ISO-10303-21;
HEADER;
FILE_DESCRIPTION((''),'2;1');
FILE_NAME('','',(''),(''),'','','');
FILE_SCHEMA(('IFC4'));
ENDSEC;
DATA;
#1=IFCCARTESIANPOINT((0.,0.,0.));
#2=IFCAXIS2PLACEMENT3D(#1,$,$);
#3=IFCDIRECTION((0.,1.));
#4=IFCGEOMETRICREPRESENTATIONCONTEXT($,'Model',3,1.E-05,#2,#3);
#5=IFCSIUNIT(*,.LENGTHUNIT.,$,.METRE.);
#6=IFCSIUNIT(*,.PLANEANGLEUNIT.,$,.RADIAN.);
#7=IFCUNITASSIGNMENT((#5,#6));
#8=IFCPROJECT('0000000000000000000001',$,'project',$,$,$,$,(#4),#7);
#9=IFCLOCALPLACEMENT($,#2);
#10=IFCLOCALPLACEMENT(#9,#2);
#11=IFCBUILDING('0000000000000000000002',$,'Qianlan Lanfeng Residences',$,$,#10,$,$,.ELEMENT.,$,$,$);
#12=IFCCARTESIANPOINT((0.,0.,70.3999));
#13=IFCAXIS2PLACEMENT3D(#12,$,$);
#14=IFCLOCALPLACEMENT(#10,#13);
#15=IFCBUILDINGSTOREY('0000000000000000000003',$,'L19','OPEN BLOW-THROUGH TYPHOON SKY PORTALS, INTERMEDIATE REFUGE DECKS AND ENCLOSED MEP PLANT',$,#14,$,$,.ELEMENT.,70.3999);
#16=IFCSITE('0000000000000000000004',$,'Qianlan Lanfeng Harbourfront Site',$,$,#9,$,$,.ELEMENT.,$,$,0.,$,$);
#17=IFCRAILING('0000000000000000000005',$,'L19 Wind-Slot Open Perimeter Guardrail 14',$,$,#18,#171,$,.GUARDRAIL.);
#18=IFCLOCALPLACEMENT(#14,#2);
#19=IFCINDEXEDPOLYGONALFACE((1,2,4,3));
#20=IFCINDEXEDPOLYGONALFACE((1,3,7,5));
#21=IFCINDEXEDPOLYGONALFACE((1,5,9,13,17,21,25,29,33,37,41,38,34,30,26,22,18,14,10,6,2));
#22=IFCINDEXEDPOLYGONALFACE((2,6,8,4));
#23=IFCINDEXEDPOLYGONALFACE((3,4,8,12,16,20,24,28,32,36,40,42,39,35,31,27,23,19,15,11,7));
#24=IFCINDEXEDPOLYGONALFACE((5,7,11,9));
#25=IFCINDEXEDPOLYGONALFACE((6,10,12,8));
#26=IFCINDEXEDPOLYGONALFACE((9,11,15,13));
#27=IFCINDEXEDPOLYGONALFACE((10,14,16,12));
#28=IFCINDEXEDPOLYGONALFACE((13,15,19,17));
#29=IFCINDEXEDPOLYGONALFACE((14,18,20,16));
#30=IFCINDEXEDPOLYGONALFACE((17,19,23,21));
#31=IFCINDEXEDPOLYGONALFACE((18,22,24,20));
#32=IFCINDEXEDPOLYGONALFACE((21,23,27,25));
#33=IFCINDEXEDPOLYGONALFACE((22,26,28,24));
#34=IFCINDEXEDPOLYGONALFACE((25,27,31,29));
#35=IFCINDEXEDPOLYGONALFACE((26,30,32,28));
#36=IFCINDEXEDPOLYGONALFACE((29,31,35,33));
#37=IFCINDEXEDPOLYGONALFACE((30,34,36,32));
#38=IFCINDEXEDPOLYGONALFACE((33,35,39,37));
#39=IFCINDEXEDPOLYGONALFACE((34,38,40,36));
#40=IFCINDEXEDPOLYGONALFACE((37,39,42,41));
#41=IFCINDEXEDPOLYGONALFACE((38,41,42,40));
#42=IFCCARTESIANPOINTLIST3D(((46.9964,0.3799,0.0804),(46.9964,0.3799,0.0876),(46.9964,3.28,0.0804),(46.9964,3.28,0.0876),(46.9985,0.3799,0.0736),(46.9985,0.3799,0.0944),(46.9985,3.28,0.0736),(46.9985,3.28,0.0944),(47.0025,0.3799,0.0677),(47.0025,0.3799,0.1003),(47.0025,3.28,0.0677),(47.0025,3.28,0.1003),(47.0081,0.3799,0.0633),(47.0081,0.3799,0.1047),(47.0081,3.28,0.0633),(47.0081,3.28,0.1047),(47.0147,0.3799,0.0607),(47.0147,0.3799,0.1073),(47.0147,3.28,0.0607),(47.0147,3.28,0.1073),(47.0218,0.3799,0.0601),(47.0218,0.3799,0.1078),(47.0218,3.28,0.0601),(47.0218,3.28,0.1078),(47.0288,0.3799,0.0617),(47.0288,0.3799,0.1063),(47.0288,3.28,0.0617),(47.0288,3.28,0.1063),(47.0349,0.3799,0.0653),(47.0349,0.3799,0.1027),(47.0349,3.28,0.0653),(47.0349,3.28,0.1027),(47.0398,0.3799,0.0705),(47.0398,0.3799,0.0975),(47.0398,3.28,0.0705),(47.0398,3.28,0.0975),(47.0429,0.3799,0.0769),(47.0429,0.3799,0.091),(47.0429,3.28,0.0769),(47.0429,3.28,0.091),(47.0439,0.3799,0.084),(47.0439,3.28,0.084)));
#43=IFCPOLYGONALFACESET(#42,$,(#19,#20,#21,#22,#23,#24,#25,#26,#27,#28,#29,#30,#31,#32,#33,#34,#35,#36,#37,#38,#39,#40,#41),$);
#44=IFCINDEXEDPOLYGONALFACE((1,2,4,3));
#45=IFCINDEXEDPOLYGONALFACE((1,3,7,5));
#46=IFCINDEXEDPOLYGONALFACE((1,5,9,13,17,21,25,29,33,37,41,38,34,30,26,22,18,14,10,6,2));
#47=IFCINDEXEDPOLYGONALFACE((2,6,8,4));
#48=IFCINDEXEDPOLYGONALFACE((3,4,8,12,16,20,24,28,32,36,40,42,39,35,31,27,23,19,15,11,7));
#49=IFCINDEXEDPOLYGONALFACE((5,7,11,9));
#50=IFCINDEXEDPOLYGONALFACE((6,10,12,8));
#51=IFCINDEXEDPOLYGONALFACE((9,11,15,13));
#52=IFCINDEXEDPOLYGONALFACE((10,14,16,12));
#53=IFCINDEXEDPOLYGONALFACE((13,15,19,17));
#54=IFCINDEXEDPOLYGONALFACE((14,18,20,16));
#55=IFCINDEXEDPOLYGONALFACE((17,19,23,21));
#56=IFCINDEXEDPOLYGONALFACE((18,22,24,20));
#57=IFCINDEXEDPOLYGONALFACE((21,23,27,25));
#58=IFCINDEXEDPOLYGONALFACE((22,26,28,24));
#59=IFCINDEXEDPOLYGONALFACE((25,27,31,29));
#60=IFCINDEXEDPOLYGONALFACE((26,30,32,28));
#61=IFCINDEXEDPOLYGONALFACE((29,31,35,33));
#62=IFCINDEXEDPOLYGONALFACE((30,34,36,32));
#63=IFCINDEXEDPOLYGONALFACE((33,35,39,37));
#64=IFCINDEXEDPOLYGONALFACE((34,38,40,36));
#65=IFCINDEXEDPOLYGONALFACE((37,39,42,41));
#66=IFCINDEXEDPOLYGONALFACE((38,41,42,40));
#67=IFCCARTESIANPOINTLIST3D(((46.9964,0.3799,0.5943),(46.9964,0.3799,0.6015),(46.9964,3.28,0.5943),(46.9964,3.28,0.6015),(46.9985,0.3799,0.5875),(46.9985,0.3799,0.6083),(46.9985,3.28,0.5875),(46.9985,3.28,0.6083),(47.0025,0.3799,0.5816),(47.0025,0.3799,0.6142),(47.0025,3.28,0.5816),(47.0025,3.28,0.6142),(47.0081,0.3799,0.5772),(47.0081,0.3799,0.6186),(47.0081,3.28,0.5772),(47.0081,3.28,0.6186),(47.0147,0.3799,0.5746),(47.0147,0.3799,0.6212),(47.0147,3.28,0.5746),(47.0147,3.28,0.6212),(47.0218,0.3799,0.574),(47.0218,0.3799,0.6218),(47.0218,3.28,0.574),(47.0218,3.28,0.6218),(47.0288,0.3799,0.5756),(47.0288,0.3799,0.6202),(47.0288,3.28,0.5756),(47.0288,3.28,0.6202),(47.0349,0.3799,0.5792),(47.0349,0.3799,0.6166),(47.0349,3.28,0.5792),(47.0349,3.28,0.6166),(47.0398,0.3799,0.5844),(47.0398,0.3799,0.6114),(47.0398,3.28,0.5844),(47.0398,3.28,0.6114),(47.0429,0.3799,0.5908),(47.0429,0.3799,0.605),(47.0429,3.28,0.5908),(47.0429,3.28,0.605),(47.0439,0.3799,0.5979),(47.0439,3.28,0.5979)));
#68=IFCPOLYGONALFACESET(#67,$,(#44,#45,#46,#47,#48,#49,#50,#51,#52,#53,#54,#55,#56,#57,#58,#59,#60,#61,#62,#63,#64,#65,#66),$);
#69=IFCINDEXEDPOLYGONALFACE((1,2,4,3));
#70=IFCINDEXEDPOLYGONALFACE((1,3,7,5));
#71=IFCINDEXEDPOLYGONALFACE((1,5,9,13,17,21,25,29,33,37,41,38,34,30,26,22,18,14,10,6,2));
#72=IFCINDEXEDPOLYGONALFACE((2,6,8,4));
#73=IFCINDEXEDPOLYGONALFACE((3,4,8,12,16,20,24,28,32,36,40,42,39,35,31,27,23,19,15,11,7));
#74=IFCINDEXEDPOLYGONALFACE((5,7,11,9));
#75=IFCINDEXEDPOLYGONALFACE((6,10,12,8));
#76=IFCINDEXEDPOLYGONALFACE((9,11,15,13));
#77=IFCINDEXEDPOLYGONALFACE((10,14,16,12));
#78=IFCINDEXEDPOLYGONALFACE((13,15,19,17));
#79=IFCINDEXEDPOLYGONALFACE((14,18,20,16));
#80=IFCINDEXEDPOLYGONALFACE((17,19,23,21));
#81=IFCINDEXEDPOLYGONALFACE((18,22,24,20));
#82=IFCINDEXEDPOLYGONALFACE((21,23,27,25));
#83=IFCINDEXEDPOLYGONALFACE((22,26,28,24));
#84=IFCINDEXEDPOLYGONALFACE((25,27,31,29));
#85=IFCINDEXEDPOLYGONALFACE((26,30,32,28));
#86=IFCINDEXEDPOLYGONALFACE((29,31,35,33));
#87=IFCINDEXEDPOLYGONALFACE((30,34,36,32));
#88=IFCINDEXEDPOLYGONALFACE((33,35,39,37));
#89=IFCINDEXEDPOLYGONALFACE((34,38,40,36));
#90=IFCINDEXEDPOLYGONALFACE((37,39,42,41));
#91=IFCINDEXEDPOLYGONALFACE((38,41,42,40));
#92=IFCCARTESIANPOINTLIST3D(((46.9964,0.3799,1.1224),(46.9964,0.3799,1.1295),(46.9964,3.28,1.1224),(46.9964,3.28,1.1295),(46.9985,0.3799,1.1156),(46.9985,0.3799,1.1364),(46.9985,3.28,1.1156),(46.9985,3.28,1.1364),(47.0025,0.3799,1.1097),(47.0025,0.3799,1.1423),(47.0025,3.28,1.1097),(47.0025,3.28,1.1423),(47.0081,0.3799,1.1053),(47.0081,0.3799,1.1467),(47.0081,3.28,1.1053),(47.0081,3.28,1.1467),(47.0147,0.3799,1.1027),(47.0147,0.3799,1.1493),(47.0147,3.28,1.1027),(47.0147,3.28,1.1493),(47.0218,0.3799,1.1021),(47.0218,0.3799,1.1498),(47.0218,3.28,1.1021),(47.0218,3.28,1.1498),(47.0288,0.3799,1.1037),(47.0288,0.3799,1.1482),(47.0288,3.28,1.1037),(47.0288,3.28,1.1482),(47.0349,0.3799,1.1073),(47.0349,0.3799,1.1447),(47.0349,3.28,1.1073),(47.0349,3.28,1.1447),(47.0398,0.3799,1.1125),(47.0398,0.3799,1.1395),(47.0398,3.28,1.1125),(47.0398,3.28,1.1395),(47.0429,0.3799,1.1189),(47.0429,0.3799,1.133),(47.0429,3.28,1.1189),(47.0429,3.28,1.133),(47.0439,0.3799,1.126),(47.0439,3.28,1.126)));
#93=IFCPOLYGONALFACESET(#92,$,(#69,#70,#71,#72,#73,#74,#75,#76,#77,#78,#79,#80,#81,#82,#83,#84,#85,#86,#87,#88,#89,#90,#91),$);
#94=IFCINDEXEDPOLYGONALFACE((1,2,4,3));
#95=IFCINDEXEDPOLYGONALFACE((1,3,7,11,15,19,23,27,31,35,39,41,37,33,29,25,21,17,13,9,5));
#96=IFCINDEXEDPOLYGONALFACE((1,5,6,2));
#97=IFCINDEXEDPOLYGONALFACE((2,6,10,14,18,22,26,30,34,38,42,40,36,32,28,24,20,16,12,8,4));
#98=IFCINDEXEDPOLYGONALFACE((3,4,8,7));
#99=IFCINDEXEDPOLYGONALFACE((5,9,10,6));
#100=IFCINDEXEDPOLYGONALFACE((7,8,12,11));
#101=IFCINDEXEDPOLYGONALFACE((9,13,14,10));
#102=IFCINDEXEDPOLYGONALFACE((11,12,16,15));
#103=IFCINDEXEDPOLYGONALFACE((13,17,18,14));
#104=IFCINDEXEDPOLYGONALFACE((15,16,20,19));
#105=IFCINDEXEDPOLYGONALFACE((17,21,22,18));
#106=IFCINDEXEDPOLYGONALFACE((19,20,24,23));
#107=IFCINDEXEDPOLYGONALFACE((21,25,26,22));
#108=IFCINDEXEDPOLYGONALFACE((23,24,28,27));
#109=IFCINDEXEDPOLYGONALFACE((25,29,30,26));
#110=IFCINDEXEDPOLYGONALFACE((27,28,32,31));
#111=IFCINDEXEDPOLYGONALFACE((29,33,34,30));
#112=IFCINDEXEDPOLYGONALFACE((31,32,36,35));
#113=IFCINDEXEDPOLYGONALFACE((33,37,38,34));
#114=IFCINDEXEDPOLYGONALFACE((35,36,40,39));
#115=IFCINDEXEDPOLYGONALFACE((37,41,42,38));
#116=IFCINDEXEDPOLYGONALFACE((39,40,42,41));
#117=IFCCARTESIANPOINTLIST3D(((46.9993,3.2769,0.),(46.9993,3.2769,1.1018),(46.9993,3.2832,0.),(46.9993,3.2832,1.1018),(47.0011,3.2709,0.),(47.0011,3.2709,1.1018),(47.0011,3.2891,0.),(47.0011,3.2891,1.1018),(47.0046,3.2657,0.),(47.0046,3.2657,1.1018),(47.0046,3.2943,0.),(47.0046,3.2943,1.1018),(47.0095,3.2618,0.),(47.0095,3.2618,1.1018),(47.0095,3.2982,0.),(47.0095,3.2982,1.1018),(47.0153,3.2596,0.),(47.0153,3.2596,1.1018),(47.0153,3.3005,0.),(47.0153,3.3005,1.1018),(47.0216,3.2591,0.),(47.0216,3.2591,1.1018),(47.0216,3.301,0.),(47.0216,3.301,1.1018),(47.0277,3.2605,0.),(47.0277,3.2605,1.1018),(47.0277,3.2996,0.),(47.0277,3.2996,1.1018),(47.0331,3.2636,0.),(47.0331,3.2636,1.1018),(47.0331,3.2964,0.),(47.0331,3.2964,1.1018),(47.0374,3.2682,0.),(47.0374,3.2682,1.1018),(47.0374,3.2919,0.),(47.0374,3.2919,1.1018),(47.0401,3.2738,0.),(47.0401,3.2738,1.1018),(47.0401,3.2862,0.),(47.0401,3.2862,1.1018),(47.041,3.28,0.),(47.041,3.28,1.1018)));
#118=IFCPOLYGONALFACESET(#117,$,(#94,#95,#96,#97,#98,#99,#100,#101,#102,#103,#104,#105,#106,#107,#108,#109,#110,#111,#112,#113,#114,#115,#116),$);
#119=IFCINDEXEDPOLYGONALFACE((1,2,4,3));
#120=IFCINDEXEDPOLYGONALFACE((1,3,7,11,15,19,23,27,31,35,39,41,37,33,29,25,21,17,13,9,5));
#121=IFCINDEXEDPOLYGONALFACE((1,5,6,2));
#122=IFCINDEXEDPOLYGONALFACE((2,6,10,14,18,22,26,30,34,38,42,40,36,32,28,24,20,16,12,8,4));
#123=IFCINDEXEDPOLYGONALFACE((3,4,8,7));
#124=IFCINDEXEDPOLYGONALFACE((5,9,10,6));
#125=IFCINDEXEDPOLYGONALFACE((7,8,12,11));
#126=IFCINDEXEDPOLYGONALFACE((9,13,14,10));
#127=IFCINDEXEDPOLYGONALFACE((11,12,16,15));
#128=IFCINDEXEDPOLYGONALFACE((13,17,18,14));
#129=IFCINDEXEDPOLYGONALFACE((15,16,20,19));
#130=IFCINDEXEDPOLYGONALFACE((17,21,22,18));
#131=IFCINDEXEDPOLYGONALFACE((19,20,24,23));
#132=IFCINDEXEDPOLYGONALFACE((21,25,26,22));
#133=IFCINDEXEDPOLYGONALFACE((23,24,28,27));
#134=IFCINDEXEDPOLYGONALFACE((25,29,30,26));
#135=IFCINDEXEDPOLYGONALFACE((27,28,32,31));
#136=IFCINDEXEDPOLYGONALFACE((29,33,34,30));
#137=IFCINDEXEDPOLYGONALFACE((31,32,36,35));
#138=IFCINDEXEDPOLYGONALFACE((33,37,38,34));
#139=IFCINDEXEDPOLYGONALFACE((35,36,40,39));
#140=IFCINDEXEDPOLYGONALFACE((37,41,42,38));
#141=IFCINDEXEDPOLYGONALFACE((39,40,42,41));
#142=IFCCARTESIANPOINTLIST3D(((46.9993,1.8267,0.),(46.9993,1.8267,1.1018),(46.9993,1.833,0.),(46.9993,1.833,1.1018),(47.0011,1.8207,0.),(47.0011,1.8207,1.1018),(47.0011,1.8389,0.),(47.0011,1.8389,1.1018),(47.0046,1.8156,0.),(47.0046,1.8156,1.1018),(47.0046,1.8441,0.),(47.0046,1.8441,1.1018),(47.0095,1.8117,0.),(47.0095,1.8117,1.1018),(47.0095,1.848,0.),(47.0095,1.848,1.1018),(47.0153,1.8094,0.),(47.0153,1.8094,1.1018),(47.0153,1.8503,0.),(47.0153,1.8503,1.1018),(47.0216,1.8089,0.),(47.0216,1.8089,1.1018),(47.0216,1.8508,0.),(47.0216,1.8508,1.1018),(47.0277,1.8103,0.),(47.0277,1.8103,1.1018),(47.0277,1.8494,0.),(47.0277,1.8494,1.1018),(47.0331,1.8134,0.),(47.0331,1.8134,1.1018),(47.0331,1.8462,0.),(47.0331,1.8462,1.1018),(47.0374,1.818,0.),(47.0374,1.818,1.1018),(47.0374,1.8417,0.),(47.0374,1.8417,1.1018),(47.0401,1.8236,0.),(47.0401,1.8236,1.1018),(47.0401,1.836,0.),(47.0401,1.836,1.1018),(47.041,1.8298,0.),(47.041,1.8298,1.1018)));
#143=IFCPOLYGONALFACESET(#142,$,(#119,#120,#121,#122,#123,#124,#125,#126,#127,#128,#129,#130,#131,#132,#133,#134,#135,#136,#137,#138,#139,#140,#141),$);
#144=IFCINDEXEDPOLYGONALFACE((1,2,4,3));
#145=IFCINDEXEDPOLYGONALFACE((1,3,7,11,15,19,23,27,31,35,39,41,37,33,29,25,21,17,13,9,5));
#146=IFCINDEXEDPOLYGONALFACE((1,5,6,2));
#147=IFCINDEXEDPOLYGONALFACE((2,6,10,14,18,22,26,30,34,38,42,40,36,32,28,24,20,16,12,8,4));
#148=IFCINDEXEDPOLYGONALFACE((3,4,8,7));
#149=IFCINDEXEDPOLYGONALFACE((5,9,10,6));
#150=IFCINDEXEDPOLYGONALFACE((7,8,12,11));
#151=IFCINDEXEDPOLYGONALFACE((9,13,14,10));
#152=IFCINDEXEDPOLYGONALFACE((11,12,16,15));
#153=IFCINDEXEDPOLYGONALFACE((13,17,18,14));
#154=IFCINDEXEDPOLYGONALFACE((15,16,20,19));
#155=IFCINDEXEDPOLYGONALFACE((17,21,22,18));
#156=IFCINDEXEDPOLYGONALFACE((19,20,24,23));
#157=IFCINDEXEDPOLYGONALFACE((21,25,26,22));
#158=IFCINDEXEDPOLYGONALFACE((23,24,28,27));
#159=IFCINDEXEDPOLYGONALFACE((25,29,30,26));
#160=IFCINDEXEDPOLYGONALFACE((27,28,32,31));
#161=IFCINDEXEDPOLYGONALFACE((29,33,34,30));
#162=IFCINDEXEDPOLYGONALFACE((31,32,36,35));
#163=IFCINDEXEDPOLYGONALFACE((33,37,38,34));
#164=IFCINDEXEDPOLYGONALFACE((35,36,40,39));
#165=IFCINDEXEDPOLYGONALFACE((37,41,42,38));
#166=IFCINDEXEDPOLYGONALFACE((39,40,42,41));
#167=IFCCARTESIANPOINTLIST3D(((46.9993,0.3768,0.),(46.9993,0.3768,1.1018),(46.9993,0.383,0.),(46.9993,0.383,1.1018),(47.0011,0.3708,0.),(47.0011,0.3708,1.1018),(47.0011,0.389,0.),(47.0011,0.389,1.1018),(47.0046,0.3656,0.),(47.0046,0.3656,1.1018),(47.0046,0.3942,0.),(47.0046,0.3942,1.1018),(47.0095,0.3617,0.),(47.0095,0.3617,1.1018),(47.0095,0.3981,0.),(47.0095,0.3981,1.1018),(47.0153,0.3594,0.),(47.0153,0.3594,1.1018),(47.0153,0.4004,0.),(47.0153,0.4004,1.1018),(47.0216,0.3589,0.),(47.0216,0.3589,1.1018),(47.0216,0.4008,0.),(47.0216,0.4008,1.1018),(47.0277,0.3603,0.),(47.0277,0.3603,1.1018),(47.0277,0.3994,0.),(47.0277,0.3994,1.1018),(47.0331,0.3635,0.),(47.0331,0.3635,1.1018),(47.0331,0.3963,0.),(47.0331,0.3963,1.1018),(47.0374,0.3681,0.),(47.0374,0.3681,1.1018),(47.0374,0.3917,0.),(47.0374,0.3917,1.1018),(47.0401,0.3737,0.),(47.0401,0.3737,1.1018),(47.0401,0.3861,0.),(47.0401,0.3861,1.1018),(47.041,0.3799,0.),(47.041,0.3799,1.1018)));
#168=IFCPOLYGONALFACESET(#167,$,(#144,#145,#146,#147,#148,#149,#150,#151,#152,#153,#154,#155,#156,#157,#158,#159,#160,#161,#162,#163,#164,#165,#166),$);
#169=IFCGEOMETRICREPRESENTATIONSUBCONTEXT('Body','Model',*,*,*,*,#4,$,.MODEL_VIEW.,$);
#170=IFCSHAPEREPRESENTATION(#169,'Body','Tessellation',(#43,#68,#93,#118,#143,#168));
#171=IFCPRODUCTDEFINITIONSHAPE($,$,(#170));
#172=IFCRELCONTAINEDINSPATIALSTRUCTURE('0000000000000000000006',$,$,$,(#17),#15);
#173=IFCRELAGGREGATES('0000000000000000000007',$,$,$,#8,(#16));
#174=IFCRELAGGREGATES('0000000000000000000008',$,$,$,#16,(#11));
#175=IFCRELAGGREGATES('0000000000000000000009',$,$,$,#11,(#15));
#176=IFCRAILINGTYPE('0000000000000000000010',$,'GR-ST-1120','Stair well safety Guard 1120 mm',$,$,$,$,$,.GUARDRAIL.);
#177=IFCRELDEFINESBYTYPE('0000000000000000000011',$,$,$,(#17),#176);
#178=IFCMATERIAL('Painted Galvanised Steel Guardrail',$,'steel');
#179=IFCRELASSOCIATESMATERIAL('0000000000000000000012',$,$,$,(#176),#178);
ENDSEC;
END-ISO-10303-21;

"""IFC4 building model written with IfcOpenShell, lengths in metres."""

from ifc_helpers import new_model, si_unit, direction, frame, origin, origin_2d, place, context, subcontext, project, spatial, circle, extrude, material, type_object, element, save


model = new_model("IFC4")

# Units and contexts
model_context = context("Model", 3, precision=1e-05, world=origin(), true_north=direction((0.0, 1.0)))
body_context = subcontext(model_context, "Body", "Model", "MODEL_VIEW")
ifc_project = project(units=[si_unit("LENGTHUNIT", "METRE"), si_unit("PLANEANGLEUNIT", "RADIAN")], contexts=[model_context])

# Site, building, storey
site_placement = place(None, origin())
site = spatial("IfcSite", under=ifc_project, at=site_placement, Name="Qianlan Lanfeng Harbourfront Site", CompositionType="ELEMENT", RefElevation=0.0)
building_placement = place(site_placement, origin())
building = spatial("IfcBuilding", under=site, at=building_placement, Name="Qianlan Lanfeng Residences", CompositionType="ELEMENT")
storey_placement = place(building_placement, frame((0.0, 0.0, 70.3999)))
storey = spatial("IfcBuildingStorey", under=building, at=storey_placement, Name="L19", Description="OPEN BLOW-THROUGH TYPHOON SKY PORTALS, INTERMEDIATE REFUGE DECKS AND ENCLOSED MEP PLANT", CompositionType="ELEMENT", Elevation=70.3999)

# Railing
ifc_material_1 = material(Name="Painted Galvanised Steel Guardrail", Category="steel")
railing_type = type_object("IfcRailingType", Name="GR-ST-1120", Description="Stair well safety Guard 1120 mm", PredefinedType="GUARDRAIL", material=ifc_material_1)
railing_1_placement = place(storey_placement, frame((47.02, 3.28, 0.0)))
element("IfcRailing", 1, at=railing_1_placement, inside=storey, type_object=railing_type, Name="L19 Wind-Slot Open Perimeter Guardrail 14", PredefinedType="GUARDRAIL", context=body_context, shape_type="SweptSolid", body=[
    extrude(circle(Radius=0.0239, at=origin_2d()), frame((0.0, 0.0, 0.084), z_axis=(0.0, -1.0, 0.0), x_axis=(1.0, 0.0, 0.0)), (0.0, 0.0, 1.0), 2.9001),
    extrude(circle(Radius=0.0239, at=origin_2d()), frame((0.0, 0.0, 0.5979), z_axis=(0.0, -1.0, 0.0), x_axis=(1.0, 0.0, 0.0)), (0.0, 0.0, 1.0), 2.9001),
    extrude(circle(Radius=0.0239, at=origin_2d()), frame((0.0, 0.0, 1.126), z_axis=(0.0, -1.0, 0.0), x_axis=(1.0, 0.0, 0.0)), (0.0, 0.0, 1.0), 2.9001),
    extrude(circle(Radius=0.021, at=origin_2d()), origin(), (0.0, 0.0, 1.0), 1.1018),
    extrude(circle(Radius=0.021, at=origin_2d()), frame((0.0, -1.4502, 0.0)), (0.0, 0.0, 1.0), 1.1018),
    extrude(circle(Radius=0.021, at=origin_2d()), frame((0.0, -2.9001, 0.0)), (0.0, 0.0, 1.0), 1.1018),
])

save(model, "model.ifc")
